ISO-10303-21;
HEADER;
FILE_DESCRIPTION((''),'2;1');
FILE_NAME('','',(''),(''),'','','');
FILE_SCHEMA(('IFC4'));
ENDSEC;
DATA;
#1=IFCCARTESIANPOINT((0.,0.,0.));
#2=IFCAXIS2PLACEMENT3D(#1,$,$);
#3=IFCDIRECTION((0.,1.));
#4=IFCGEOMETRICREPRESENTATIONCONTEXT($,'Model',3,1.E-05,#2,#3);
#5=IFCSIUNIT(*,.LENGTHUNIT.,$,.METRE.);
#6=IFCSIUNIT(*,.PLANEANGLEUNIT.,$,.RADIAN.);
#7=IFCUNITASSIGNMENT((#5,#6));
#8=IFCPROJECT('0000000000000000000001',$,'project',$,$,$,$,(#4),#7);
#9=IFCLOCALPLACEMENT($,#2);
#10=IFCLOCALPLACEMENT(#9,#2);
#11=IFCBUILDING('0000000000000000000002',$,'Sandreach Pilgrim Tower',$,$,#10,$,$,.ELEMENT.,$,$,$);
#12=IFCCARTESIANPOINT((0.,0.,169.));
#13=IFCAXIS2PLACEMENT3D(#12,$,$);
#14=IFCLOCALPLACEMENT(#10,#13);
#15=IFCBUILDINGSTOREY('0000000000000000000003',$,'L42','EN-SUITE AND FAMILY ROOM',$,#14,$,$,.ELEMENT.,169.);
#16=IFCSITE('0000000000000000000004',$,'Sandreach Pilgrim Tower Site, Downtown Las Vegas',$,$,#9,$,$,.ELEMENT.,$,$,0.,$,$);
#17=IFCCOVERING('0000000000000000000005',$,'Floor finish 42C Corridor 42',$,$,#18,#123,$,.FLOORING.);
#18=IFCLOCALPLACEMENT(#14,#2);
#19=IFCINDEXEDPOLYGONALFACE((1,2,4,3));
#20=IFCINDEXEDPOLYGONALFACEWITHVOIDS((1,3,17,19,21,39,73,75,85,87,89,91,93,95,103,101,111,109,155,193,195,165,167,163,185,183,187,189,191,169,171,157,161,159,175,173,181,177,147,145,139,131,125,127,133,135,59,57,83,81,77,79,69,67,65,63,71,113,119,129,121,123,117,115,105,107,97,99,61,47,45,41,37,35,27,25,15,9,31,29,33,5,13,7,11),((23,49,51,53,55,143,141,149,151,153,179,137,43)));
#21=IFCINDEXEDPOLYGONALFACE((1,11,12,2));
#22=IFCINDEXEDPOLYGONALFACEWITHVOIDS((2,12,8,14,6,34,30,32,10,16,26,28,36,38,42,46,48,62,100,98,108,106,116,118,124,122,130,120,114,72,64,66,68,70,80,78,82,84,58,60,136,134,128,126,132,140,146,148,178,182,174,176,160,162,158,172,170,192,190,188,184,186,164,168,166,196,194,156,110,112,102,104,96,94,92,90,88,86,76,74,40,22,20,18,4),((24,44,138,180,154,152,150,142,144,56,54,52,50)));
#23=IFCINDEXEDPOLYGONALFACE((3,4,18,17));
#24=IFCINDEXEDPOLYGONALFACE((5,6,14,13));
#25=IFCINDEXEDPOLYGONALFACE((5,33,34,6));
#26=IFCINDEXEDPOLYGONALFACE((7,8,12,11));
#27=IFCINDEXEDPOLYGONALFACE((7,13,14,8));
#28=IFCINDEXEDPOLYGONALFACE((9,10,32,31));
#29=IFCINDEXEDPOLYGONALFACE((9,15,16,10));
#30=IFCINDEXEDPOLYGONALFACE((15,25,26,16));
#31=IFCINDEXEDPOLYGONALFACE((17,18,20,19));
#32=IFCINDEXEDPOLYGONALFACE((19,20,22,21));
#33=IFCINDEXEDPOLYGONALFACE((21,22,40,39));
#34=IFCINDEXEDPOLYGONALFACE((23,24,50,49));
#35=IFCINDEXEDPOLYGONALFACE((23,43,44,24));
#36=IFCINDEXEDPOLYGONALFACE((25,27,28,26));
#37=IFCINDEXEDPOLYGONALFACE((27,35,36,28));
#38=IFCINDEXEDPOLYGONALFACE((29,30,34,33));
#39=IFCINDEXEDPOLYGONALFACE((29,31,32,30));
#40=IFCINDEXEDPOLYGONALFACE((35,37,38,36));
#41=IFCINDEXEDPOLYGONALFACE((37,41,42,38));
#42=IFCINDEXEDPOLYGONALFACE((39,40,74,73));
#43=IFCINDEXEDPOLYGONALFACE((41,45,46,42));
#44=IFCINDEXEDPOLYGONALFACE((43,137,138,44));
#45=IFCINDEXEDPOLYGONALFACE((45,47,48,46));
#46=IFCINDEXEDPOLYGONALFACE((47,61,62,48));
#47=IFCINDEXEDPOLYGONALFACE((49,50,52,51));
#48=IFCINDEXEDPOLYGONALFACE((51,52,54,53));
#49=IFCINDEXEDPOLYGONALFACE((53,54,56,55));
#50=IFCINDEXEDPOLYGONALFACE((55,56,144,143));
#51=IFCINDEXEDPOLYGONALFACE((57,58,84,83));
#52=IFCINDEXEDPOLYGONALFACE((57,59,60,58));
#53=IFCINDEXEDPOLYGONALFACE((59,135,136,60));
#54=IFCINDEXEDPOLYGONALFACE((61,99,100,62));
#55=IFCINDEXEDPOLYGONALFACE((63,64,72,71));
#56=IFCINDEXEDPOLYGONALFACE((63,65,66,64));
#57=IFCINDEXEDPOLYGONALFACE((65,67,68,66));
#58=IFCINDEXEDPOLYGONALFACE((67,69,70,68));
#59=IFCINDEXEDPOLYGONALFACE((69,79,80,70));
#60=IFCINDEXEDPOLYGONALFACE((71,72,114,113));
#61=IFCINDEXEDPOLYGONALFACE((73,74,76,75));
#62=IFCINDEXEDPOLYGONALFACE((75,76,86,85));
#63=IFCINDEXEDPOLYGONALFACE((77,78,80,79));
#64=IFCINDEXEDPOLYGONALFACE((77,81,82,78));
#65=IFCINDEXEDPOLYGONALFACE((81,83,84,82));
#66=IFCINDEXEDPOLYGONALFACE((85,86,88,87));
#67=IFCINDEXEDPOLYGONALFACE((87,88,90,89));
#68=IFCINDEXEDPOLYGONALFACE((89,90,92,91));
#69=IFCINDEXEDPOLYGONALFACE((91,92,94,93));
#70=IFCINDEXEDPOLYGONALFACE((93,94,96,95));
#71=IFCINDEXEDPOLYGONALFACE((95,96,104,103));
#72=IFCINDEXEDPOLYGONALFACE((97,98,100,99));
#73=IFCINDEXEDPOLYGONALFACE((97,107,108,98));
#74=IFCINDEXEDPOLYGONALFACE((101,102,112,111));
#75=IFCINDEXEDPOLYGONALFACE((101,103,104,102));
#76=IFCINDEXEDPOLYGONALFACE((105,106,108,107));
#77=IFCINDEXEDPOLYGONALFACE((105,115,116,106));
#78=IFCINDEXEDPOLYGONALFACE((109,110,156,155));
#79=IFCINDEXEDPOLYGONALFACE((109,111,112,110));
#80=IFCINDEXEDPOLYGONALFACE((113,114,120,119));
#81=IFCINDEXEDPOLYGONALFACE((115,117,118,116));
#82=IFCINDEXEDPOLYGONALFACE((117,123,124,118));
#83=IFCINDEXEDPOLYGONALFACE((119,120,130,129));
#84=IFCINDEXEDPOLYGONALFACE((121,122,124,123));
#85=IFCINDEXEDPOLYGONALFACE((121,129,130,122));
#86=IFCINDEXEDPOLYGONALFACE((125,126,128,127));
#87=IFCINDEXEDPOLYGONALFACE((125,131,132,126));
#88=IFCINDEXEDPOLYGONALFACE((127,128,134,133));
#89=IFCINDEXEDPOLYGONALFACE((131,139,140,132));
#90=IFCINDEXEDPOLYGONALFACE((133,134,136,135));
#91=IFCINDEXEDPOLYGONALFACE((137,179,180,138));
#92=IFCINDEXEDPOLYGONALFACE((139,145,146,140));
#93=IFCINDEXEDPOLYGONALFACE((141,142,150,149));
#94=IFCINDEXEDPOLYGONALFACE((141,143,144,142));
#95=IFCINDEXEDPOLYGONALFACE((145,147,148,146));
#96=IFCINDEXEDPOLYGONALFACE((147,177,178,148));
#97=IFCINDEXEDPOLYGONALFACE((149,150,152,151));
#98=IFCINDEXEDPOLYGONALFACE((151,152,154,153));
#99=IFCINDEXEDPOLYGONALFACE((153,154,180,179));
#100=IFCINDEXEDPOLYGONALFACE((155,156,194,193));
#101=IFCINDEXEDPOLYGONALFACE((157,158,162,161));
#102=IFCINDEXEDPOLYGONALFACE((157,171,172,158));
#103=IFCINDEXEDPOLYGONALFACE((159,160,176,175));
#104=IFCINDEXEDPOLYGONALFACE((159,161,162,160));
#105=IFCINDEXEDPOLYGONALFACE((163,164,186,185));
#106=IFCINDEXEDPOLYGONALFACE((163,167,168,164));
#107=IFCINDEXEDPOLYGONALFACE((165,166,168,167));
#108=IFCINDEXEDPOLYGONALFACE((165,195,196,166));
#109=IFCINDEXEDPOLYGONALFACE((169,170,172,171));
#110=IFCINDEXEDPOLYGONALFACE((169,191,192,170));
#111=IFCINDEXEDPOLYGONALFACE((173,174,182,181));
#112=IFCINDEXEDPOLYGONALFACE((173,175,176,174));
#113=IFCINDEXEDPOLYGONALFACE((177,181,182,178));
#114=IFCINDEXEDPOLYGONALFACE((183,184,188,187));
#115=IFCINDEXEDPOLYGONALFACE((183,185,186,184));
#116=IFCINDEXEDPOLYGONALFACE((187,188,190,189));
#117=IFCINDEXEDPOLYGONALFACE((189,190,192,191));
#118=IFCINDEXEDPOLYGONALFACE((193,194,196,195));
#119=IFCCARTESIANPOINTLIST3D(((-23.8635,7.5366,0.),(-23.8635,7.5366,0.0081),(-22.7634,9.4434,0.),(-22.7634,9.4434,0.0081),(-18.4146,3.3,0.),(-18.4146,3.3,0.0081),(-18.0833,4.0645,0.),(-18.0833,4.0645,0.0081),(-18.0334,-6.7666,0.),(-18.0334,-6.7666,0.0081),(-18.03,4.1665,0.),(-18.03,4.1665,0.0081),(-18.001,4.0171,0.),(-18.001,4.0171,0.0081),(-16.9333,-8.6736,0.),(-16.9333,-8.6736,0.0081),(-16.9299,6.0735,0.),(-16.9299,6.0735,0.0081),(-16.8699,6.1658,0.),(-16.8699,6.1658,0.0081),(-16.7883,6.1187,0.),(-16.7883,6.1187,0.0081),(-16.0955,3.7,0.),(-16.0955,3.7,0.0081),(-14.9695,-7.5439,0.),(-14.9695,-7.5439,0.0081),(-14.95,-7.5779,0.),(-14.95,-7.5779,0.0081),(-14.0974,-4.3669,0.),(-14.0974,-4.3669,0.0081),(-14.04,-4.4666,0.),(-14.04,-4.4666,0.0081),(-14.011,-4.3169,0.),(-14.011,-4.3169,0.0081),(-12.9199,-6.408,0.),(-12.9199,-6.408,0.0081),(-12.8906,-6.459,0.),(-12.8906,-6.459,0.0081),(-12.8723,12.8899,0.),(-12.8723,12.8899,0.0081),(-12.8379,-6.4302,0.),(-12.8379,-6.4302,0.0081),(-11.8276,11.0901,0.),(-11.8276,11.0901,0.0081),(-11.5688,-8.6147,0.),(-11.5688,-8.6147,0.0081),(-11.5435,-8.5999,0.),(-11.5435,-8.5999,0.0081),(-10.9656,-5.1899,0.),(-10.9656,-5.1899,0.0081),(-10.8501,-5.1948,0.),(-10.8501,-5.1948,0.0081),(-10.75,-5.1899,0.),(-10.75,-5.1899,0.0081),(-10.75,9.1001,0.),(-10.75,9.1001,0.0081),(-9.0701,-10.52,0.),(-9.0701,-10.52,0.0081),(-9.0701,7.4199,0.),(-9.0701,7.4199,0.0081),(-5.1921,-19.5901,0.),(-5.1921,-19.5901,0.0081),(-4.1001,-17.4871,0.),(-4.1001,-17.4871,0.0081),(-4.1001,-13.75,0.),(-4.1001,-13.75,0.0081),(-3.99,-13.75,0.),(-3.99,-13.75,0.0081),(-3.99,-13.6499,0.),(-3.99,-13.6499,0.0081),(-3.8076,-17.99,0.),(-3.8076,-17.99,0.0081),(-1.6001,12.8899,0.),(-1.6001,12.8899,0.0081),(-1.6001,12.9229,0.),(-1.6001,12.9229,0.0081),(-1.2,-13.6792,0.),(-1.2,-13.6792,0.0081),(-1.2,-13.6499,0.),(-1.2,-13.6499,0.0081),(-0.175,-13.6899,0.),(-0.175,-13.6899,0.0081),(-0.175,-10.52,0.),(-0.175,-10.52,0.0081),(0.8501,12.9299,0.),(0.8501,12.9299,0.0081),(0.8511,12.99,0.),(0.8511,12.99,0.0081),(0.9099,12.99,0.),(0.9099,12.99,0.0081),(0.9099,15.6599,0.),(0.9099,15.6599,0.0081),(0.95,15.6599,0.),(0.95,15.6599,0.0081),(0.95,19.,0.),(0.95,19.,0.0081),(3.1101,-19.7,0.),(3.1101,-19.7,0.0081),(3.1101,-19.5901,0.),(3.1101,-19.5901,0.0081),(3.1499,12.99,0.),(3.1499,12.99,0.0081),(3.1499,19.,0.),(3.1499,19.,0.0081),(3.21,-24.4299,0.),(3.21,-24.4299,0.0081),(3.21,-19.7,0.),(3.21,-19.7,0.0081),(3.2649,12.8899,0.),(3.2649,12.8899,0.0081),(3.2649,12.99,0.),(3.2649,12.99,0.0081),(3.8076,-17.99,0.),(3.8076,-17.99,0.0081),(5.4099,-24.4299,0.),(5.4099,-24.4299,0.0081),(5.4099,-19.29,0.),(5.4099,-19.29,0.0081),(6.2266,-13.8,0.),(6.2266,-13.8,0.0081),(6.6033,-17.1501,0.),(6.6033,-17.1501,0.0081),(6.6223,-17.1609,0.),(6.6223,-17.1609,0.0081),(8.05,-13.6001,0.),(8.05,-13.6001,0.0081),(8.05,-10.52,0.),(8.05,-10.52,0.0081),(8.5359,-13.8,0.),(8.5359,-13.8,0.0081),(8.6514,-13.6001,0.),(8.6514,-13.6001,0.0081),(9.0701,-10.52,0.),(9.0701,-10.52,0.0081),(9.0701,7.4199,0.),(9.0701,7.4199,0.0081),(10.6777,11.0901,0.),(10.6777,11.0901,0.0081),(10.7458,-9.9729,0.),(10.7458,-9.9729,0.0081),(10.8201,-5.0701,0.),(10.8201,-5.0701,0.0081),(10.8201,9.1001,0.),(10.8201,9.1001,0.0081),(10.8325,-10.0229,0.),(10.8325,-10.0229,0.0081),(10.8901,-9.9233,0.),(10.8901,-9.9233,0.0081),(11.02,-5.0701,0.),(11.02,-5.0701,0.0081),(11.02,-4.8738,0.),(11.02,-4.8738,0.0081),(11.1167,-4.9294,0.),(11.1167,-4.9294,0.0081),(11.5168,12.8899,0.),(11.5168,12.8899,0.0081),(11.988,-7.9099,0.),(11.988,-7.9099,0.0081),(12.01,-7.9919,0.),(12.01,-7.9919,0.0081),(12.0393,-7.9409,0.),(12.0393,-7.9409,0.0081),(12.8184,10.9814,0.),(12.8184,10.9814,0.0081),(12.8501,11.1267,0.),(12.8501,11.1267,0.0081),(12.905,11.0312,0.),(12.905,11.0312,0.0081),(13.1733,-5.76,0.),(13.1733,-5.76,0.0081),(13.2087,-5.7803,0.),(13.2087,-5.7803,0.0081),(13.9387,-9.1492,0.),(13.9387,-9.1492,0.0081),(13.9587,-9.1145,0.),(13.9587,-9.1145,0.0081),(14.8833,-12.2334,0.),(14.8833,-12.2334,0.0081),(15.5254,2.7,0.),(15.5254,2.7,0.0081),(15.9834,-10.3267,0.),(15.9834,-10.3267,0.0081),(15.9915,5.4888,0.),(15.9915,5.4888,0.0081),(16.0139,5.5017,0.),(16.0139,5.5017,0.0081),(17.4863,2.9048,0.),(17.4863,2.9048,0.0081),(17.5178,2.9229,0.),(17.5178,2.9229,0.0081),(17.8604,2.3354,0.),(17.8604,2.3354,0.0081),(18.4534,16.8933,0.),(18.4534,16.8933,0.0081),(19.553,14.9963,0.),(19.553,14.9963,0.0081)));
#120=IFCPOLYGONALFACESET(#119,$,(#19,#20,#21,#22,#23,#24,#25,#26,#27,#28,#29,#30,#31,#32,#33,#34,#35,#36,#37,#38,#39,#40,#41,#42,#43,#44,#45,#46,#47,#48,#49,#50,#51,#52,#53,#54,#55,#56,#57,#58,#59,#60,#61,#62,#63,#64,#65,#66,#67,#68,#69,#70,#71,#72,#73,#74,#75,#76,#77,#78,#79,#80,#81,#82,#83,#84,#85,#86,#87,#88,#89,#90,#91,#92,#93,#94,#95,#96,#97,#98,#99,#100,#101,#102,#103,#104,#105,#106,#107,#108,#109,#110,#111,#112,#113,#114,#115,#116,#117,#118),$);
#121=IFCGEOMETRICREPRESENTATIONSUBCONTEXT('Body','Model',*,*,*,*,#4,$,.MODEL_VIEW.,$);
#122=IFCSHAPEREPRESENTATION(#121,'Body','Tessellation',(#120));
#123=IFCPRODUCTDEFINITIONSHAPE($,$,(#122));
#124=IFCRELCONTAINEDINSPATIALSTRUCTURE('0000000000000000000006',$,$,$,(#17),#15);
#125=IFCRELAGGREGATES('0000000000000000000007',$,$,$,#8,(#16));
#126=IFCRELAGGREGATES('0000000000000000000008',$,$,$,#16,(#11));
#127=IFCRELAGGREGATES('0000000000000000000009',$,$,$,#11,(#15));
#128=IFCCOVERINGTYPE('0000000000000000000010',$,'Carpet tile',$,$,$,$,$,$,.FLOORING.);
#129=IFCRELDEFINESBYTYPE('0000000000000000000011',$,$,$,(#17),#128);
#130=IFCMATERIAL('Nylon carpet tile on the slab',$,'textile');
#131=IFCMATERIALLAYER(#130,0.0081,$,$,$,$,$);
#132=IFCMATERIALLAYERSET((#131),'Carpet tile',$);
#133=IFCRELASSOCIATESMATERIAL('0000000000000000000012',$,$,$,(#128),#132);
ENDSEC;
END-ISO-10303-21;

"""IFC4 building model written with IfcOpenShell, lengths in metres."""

from ifc_helpers import new_model, si_unit, direction, frame, origin, place, context, subcontext, project, spatial, polyline, outline, extrude, material, layer, layer_set, type_object, element, save


model = new_model("IFC4")

# Units and contexts
model_context = context("Model", 3, precision=1e-05, world=origin(), true_north=direction((0.0, 1.0)))
body_context = subcontext(model_context, "Body", "Model", "MODEL_VIEW")
ifc_project = project(units=[si_unit("LENGTHUNIT", "METRE"), si_unit("PLANEANGLEUNIT", "RADIAN")], contexts=[model_context])

# Site, building, storey
site_placement = place(None, origin())
site = spatial("IfcSite", under=ifc_project, at=site_placement, Name="Sandreach Pilgrim Tower Site, Downtown Las Vegas", CompositionType="ELEMENT", RefElevation=0.0)
building_placement = place(site_placement, origin())
building = spatial("IfcBuilding", under=site, at=building_placement, Name="Sandreach Pilgrim Tower", CompositionType="ELEMENT")
storey_placement = place(building_placement, frame((0.0, 0.0, 169.0)))
storey = spatial("IfcBuildingStorey", under=building, at=storey_placement, Name="L42", Description="EN-SUITE AND FAMILY ROOM", CompositionType="ELEMENT", Elevation=169.0)

# Covering
ifc_material_1 = material(Name="Nylon carpet tile on the slab", Category="textile")
ifc_layer_1 = layer(ifc_material_1, 0.0081)
ifc_layer_set_1 = layer_set([ifc_layer_1], Name="Carpet tile")
covering_type_1 = type_object("IfcCoveringType", Name="Carpet tile", PredefinedType="FLOORING", material=ifc_layer_set_1)
covering_1_placement = place(storey_placement, origin())
element("IfcCovering", 1, at=covering_1_placement, inside=storey, type_object=covering_type_1, Name="Floor finish 42C Corridor 42", PredefinedType="FLOORING", context=body_context, shape_type="SweptSolid", body=[
    extrude(outline(polyline([(-18.03, 4.1665), (-23.8635, 7.5366), (-22.7634, 9.4434), (-16.9299, 6.0735), (-16.8699, 6.1658), (-16.7883, 6.1187), (-12.8723, 12.8899), (-1.6001, 12.8899), (-1.6001, 12.9229), (0.8501, 12.9299), (0.8511, 12.99), (0.9099, 12.99), (0.9099, 15.6599), (0.95, 15.6599), (0.95, 19.0), (3.1499, 19.0), (3.1499, 12.99), (3.2649, 12.99), (3.2649, 12.8899), (11.5168, 12.8899), (18.4534, 16.8933), (19.553, 14.9963), (12.8501, 11.1267), (12.905, 11.0312), (12.8184, 10.9814), (16.0139, 5.5017), (15.9915, 5.4888), (17.4863, 2.9048), (17.5178, 2.9229), (17.8604, 2.3354), (13.1733, -5.76), (13.2087, -5.7803), (11.988, -7.9099), (12.0393, -7.9409), (12.01, -7.9919), (13.9587, -9.1145), (13.9387, -9.1492), (15.9834, -10.3267), (14.8833, -12.2334), (10.8901, -9.9233), (10.8325, -10.0229), (10.7458, -9.9729), (8.6514, -13.6001), (8.05, -13.6001), (8.05, -10.52), (9.0701, -10.52), (9.0701, 7.4199), (-9.0701, 7.4199), (-9.0701, -10.52), (-0.175, -10.52), (-0.175, -13.6899), (-1.2, -13.6792), (-1.2, -13.6499), (-3.99, -13.6499), (-3.99, -13.75), (-4.1001, -13.75), (-4.1001, -17.4871), (-3.8076, -17.99), (3.8076, -17.99), (6.2266, -13.8), (8.5359, -13.8), (6.6033, -17.1501), (6.6223, -17.1609), (5.4099, -19.29), (5.4099, -24.4299), (3.21, -24.4299), (3.21, -19.7), (3.1101, -19.7), (3.1101, -19.5901), (-5.1921, -19.5901), (-11.5435, -8.5999), (-11.5688, -8.6147), (-12.8379, -6.4302), (-12.8906, -6.459), (-12.9199, -6.408), (-14.95, -7.5779), (-14.9695, -7.5439), (-16.9333, -8.6736), (-18.0334, -6.7666), (-14.04, -4.4666), (-14.0974, -4.3669), (-14.011, -4.3169), (-18.4146, 3.3), (-18.001, 4.0171), (-18.0833, 4.0645), (-18.03, 4.1665)]), holes=[polyline([(-16.0955, 3.7), (-10.9656, -5.1899), (-10.8501, -5.1948), (-10.75, -5.1899), (-10.75, 9.1001), (10.8201, 9.1001), (10.8201, -5.0701), (11.02, -5.0701), (11.02, -4.8738), (11.1167, -4.9294), (15.5254, 2.7), (10.6777, 11.0901), (-11.8276, 11.0901), (-16.0955, 3.7)])]), origin(), (0.0, 0.0, 1.0), 0.0081),
])

save(model, "model.ifc")
